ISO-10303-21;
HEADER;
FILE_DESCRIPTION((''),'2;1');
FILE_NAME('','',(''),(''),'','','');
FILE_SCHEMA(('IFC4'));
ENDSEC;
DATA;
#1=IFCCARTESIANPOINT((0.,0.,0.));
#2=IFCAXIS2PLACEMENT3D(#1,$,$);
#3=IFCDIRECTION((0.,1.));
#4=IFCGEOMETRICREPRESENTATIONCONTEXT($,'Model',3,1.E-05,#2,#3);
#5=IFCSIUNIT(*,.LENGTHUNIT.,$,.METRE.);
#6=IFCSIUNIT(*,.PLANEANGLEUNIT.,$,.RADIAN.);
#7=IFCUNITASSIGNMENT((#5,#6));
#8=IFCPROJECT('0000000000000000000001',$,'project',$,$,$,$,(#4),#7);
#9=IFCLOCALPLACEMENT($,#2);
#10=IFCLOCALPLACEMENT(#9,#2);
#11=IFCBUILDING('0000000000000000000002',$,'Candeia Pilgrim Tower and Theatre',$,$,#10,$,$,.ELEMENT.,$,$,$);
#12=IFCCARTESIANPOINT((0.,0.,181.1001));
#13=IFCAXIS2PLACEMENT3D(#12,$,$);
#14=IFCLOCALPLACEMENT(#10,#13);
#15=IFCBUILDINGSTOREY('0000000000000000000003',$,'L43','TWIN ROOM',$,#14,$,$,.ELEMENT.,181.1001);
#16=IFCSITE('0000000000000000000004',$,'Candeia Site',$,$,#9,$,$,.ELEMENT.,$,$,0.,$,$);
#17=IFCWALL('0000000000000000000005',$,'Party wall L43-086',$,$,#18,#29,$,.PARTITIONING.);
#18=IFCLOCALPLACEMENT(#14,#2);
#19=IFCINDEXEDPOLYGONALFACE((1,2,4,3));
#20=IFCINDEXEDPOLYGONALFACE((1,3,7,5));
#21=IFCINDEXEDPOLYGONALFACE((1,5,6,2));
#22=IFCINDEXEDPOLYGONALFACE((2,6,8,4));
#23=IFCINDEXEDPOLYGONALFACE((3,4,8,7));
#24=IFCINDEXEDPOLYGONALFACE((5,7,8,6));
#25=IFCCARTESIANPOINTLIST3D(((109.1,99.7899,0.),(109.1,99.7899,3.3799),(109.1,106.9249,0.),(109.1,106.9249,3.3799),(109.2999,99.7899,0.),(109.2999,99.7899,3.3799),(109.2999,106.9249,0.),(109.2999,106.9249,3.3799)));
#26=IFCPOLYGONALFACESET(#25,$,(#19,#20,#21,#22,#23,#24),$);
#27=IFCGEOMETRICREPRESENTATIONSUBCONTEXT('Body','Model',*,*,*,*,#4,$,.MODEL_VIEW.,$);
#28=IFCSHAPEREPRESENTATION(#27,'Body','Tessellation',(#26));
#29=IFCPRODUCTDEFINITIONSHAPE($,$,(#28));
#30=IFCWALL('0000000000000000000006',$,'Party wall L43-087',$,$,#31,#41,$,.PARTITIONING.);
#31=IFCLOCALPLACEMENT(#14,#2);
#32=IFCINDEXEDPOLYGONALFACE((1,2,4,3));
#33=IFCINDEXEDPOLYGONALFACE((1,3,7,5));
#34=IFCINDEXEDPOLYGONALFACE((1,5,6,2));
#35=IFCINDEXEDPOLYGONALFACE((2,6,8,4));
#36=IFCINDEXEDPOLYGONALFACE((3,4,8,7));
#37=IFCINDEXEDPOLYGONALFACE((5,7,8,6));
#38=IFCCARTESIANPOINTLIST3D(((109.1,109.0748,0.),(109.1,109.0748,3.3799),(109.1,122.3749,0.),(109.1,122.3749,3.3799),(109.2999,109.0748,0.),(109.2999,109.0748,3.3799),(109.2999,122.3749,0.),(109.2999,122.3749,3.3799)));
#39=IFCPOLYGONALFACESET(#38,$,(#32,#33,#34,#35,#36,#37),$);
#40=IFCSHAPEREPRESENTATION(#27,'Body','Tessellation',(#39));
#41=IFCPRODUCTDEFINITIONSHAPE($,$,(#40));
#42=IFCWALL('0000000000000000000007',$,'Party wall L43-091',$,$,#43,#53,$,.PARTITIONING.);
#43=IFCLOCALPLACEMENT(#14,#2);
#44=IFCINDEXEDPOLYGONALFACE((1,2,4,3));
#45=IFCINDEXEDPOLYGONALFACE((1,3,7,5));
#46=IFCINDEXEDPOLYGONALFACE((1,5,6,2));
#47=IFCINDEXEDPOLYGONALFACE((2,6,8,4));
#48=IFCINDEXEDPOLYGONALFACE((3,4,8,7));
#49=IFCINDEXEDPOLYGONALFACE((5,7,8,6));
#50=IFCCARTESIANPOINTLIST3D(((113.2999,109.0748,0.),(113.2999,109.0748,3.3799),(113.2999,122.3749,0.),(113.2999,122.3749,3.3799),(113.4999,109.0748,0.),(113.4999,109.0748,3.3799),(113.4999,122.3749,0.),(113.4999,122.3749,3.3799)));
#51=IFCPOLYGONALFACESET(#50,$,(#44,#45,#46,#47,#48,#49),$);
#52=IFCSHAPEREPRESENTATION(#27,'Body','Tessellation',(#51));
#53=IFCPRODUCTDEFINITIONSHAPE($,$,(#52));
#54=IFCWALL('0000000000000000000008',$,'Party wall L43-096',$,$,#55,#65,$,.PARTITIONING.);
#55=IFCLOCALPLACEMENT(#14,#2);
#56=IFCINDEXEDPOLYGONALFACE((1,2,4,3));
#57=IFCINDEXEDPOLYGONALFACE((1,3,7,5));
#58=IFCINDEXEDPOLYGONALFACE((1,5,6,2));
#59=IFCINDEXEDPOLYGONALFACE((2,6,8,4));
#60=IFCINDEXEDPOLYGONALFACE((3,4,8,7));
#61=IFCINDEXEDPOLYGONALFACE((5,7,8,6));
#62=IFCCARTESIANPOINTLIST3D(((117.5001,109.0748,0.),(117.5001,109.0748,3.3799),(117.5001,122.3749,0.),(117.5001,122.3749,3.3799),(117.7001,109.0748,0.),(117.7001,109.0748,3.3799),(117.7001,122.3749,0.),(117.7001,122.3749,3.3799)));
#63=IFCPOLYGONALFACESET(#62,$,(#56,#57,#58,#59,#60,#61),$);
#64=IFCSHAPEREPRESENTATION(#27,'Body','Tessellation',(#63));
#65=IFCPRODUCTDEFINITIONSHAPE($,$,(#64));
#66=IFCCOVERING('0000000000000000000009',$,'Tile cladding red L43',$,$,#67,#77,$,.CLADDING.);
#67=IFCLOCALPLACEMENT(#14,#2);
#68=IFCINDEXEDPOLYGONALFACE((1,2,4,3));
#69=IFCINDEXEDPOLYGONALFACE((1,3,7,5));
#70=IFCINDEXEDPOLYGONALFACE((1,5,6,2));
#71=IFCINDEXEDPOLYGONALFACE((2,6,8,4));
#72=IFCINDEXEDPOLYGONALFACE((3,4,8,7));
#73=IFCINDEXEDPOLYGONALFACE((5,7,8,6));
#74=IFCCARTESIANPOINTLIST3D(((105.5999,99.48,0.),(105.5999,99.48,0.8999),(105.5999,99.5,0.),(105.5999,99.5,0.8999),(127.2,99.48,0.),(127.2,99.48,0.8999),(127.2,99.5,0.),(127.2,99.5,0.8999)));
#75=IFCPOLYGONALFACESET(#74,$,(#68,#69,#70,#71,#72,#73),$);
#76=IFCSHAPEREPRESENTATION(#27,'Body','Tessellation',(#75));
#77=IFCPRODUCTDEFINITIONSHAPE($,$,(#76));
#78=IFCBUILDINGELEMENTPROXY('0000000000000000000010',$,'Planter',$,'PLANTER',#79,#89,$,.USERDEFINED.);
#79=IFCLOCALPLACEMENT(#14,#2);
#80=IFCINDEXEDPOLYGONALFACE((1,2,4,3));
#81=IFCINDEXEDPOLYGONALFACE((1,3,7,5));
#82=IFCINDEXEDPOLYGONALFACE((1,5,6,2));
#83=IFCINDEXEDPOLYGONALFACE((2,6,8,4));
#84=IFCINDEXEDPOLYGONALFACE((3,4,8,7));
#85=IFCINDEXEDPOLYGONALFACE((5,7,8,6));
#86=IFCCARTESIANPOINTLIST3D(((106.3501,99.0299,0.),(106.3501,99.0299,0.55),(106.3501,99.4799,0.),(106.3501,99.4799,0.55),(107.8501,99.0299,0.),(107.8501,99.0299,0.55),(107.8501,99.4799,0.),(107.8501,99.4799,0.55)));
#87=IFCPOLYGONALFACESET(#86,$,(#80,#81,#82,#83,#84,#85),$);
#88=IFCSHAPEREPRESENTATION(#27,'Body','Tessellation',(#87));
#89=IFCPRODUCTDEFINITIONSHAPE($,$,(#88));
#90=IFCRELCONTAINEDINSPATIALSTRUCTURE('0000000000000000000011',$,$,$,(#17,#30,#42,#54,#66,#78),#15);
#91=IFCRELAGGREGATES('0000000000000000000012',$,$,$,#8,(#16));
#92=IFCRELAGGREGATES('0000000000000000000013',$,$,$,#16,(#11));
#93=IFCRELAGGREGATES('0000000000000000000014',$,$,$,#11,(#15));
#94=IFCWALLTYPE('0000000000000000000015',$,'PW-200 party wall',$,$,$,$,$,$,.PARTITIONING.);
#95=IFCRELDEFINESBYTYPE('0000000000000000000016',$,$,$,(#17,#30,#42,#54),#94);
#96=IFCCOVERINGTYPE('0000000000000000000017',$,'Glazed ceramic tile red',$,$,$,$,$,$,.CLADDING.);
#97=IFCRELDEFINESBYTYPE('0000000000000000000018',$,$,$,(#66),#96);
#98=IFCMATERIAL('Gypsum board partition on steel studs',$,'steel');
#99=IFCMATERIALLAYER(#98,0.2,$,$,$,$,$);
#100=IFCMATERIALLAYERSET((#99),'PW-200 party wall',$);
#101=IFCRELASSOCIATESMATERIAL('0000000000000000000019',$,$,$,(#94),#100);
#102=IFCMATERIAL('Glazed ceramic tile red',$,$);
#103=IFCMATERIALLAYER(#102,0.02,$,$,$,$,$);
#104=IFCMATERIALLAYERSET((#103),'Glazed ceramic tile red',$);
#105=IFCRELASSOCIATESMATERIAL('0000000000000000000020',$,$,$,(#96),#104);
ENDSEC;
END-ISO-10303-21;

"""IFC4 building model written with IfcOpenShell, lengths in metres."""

from ifc_helpers import new_model, si_unit, direction, frame, frame_2d, origin, origin_2d, place, context, subcontext, project, spatial, rectangle, extrude, material, layer, layer_set, type_object, element, save


model = new_model("IFC4")

# Units and contexts
model_context = context("Model", 3, precision=1e-05, world=origin(), true_north=direction((0.0, 1.0)))
body_context = subcontext(model_context, "Body", "Model", "MODEL_VIEW")
ifc_project = project(units=[si_unit("LENGTHUNIT", "METRE"), si_unit("PLANEANGLEUNIT", "RADIAN")], contexts=[model_context])

# Site, building, storey
site_placement = place(None, origin())
site = spatial("IfcSite", under=ifc_project, at=site_placement, Name="Candeia Site", CompositionType="ELEMENT", RefElevation=0.0)
building_placement = place(site_placement, origin())
building = spatial("IfcBuilding", under=site, at=building_placement, Name="Candeia Pilgrim Tower and Theatre", CompositionType="ELEMENT")
storey_placement = place(building_placement, frame((0.0, 0.0, 181.1001)))
storey = spatial("IfcBuildingStorey", under=building, at=storey_placement, Name="L43", Description="TWIN ROOM", CompositionType="ELEMENT", Elevation=181.1001)

# Shared definitions
ifc_material_1 = material(Name="Gypsum board partition on steel studs", Category="steel")

# Walls
ifc_layer_1 = layer(ifc_material_1, 0.2)
ifc_layer_set_1 = layer_set([ifc_layer_1], Name="PW-200 party wall")
wall_type_1 = type_object("IfcWallType", Name="PW-200 party wall", PredefinedType="PARTITIONING", material=ifc_layer_set_1)
wall_1_placement = place(storey_placement, frame((109.2, 99.79, 0.0), z_axis=(0.0, 0.0, 1.0), x_axis=(0.0, 1.0, 0.0)))
element("IfcWall", 1, at=wall_1_placement, inside=storey, type_object=wall_type_1, Name="Party wall L43-086", PredefinedType="PARTITIONING", context=body_context, shape_type="SweptSolid", body=[
    extrude(rectangle(XDim=7.135, YDim=0.2, at=frame_2d((3.5674, 0.0))), origin(), (0.0, 0.0, 1.0), 3.3799),
])
for number, where, z_axis, x_axis, name in (
    (2, (109.2, 109.075, 0.0), (0.0, 0.0, 1.0), (0.0, 1.0, 0.0), "Party wall L43-087"),
    (3, (113.3999, 109.075, 0.0), (0.0, 0.0, 1.0), (0.0, 1.0, 0.0), "Party wall L43-091"),
    (4, (117.6001, 109.075, 0.0), (0.0, 0.0, 1.0), (0.0, 1.0, 0.0), "Party wall L43-096"),
):
    element("IfcWall", number, at=place(storey_placement, frame(where, z_axis=z_axis, x_axis=x_axis)), inside=storey, type_object=wall_type_1, Name=name, PredefinedType="PARTITIONING", context=body_context, shape_type="SweptSolid", body=[
        extrude(rectangle(XDim=13.3, YDim=0.2, at=frame_2d((6.6499, 0.0))), origin(), (0.0, 0.0, 1.0), 3.3799),
    ])

# Covering
ifc_material_2 = material(Name="Glazed ceramic tile red")
ifc_layer_2 = layer(ifc_material_2, 0.02)
ifc_layer_set_2 = layer_set([ifc_layer_2], Name="Glazed ceramic tile red")
covering_type = type_object("IfcCoveringType", Name="Glazed ceramic tile red", PredefinedType="CLADDING", material=ifc_layer_set_2)
covering_placement = place(storey_placement, frame((116.3999, 99.49, 0.0), z_axis=(0.0, 0.0, 1.0), x_axis=(1.0, 0.0, 0.0)))
element("IfcCovering", 5, at=covering_placement, inside=storey, type_object=covering_type, Name="Tile cladding red L43", PredefinedType="CLADDING", context=body_context, shape_type="SweptSolid", body=[
    extrude(rectangle(XDim=21.6001, YDim=0.02, at=origin_2d()), origin(), (0.0, 0.0, 1.0), 0.8999),
])

# Building element proxy
proxy_placement = place(storey_placement, frame((107.1001, 99.2549, 0.0), z_axis=(0.0, 0.0, 1.0), x_axis=(1.0, 0.0, 0.0)))
element("IfcBuildingElementProxy", 6, at=proxy_placement, inside=storey, Name="Planter", ObjectType="PLANTER", PredefinedType="USERDEFINED", context=body_context, shape_type="SweptSolid", body=[
    extrude(rectangle(XDim=1.5, YDim=0.45, at=origin_2d()), origin(), (0.0, 0.0, 1.0), 0.55),
])

save(model, "model.ifc")
